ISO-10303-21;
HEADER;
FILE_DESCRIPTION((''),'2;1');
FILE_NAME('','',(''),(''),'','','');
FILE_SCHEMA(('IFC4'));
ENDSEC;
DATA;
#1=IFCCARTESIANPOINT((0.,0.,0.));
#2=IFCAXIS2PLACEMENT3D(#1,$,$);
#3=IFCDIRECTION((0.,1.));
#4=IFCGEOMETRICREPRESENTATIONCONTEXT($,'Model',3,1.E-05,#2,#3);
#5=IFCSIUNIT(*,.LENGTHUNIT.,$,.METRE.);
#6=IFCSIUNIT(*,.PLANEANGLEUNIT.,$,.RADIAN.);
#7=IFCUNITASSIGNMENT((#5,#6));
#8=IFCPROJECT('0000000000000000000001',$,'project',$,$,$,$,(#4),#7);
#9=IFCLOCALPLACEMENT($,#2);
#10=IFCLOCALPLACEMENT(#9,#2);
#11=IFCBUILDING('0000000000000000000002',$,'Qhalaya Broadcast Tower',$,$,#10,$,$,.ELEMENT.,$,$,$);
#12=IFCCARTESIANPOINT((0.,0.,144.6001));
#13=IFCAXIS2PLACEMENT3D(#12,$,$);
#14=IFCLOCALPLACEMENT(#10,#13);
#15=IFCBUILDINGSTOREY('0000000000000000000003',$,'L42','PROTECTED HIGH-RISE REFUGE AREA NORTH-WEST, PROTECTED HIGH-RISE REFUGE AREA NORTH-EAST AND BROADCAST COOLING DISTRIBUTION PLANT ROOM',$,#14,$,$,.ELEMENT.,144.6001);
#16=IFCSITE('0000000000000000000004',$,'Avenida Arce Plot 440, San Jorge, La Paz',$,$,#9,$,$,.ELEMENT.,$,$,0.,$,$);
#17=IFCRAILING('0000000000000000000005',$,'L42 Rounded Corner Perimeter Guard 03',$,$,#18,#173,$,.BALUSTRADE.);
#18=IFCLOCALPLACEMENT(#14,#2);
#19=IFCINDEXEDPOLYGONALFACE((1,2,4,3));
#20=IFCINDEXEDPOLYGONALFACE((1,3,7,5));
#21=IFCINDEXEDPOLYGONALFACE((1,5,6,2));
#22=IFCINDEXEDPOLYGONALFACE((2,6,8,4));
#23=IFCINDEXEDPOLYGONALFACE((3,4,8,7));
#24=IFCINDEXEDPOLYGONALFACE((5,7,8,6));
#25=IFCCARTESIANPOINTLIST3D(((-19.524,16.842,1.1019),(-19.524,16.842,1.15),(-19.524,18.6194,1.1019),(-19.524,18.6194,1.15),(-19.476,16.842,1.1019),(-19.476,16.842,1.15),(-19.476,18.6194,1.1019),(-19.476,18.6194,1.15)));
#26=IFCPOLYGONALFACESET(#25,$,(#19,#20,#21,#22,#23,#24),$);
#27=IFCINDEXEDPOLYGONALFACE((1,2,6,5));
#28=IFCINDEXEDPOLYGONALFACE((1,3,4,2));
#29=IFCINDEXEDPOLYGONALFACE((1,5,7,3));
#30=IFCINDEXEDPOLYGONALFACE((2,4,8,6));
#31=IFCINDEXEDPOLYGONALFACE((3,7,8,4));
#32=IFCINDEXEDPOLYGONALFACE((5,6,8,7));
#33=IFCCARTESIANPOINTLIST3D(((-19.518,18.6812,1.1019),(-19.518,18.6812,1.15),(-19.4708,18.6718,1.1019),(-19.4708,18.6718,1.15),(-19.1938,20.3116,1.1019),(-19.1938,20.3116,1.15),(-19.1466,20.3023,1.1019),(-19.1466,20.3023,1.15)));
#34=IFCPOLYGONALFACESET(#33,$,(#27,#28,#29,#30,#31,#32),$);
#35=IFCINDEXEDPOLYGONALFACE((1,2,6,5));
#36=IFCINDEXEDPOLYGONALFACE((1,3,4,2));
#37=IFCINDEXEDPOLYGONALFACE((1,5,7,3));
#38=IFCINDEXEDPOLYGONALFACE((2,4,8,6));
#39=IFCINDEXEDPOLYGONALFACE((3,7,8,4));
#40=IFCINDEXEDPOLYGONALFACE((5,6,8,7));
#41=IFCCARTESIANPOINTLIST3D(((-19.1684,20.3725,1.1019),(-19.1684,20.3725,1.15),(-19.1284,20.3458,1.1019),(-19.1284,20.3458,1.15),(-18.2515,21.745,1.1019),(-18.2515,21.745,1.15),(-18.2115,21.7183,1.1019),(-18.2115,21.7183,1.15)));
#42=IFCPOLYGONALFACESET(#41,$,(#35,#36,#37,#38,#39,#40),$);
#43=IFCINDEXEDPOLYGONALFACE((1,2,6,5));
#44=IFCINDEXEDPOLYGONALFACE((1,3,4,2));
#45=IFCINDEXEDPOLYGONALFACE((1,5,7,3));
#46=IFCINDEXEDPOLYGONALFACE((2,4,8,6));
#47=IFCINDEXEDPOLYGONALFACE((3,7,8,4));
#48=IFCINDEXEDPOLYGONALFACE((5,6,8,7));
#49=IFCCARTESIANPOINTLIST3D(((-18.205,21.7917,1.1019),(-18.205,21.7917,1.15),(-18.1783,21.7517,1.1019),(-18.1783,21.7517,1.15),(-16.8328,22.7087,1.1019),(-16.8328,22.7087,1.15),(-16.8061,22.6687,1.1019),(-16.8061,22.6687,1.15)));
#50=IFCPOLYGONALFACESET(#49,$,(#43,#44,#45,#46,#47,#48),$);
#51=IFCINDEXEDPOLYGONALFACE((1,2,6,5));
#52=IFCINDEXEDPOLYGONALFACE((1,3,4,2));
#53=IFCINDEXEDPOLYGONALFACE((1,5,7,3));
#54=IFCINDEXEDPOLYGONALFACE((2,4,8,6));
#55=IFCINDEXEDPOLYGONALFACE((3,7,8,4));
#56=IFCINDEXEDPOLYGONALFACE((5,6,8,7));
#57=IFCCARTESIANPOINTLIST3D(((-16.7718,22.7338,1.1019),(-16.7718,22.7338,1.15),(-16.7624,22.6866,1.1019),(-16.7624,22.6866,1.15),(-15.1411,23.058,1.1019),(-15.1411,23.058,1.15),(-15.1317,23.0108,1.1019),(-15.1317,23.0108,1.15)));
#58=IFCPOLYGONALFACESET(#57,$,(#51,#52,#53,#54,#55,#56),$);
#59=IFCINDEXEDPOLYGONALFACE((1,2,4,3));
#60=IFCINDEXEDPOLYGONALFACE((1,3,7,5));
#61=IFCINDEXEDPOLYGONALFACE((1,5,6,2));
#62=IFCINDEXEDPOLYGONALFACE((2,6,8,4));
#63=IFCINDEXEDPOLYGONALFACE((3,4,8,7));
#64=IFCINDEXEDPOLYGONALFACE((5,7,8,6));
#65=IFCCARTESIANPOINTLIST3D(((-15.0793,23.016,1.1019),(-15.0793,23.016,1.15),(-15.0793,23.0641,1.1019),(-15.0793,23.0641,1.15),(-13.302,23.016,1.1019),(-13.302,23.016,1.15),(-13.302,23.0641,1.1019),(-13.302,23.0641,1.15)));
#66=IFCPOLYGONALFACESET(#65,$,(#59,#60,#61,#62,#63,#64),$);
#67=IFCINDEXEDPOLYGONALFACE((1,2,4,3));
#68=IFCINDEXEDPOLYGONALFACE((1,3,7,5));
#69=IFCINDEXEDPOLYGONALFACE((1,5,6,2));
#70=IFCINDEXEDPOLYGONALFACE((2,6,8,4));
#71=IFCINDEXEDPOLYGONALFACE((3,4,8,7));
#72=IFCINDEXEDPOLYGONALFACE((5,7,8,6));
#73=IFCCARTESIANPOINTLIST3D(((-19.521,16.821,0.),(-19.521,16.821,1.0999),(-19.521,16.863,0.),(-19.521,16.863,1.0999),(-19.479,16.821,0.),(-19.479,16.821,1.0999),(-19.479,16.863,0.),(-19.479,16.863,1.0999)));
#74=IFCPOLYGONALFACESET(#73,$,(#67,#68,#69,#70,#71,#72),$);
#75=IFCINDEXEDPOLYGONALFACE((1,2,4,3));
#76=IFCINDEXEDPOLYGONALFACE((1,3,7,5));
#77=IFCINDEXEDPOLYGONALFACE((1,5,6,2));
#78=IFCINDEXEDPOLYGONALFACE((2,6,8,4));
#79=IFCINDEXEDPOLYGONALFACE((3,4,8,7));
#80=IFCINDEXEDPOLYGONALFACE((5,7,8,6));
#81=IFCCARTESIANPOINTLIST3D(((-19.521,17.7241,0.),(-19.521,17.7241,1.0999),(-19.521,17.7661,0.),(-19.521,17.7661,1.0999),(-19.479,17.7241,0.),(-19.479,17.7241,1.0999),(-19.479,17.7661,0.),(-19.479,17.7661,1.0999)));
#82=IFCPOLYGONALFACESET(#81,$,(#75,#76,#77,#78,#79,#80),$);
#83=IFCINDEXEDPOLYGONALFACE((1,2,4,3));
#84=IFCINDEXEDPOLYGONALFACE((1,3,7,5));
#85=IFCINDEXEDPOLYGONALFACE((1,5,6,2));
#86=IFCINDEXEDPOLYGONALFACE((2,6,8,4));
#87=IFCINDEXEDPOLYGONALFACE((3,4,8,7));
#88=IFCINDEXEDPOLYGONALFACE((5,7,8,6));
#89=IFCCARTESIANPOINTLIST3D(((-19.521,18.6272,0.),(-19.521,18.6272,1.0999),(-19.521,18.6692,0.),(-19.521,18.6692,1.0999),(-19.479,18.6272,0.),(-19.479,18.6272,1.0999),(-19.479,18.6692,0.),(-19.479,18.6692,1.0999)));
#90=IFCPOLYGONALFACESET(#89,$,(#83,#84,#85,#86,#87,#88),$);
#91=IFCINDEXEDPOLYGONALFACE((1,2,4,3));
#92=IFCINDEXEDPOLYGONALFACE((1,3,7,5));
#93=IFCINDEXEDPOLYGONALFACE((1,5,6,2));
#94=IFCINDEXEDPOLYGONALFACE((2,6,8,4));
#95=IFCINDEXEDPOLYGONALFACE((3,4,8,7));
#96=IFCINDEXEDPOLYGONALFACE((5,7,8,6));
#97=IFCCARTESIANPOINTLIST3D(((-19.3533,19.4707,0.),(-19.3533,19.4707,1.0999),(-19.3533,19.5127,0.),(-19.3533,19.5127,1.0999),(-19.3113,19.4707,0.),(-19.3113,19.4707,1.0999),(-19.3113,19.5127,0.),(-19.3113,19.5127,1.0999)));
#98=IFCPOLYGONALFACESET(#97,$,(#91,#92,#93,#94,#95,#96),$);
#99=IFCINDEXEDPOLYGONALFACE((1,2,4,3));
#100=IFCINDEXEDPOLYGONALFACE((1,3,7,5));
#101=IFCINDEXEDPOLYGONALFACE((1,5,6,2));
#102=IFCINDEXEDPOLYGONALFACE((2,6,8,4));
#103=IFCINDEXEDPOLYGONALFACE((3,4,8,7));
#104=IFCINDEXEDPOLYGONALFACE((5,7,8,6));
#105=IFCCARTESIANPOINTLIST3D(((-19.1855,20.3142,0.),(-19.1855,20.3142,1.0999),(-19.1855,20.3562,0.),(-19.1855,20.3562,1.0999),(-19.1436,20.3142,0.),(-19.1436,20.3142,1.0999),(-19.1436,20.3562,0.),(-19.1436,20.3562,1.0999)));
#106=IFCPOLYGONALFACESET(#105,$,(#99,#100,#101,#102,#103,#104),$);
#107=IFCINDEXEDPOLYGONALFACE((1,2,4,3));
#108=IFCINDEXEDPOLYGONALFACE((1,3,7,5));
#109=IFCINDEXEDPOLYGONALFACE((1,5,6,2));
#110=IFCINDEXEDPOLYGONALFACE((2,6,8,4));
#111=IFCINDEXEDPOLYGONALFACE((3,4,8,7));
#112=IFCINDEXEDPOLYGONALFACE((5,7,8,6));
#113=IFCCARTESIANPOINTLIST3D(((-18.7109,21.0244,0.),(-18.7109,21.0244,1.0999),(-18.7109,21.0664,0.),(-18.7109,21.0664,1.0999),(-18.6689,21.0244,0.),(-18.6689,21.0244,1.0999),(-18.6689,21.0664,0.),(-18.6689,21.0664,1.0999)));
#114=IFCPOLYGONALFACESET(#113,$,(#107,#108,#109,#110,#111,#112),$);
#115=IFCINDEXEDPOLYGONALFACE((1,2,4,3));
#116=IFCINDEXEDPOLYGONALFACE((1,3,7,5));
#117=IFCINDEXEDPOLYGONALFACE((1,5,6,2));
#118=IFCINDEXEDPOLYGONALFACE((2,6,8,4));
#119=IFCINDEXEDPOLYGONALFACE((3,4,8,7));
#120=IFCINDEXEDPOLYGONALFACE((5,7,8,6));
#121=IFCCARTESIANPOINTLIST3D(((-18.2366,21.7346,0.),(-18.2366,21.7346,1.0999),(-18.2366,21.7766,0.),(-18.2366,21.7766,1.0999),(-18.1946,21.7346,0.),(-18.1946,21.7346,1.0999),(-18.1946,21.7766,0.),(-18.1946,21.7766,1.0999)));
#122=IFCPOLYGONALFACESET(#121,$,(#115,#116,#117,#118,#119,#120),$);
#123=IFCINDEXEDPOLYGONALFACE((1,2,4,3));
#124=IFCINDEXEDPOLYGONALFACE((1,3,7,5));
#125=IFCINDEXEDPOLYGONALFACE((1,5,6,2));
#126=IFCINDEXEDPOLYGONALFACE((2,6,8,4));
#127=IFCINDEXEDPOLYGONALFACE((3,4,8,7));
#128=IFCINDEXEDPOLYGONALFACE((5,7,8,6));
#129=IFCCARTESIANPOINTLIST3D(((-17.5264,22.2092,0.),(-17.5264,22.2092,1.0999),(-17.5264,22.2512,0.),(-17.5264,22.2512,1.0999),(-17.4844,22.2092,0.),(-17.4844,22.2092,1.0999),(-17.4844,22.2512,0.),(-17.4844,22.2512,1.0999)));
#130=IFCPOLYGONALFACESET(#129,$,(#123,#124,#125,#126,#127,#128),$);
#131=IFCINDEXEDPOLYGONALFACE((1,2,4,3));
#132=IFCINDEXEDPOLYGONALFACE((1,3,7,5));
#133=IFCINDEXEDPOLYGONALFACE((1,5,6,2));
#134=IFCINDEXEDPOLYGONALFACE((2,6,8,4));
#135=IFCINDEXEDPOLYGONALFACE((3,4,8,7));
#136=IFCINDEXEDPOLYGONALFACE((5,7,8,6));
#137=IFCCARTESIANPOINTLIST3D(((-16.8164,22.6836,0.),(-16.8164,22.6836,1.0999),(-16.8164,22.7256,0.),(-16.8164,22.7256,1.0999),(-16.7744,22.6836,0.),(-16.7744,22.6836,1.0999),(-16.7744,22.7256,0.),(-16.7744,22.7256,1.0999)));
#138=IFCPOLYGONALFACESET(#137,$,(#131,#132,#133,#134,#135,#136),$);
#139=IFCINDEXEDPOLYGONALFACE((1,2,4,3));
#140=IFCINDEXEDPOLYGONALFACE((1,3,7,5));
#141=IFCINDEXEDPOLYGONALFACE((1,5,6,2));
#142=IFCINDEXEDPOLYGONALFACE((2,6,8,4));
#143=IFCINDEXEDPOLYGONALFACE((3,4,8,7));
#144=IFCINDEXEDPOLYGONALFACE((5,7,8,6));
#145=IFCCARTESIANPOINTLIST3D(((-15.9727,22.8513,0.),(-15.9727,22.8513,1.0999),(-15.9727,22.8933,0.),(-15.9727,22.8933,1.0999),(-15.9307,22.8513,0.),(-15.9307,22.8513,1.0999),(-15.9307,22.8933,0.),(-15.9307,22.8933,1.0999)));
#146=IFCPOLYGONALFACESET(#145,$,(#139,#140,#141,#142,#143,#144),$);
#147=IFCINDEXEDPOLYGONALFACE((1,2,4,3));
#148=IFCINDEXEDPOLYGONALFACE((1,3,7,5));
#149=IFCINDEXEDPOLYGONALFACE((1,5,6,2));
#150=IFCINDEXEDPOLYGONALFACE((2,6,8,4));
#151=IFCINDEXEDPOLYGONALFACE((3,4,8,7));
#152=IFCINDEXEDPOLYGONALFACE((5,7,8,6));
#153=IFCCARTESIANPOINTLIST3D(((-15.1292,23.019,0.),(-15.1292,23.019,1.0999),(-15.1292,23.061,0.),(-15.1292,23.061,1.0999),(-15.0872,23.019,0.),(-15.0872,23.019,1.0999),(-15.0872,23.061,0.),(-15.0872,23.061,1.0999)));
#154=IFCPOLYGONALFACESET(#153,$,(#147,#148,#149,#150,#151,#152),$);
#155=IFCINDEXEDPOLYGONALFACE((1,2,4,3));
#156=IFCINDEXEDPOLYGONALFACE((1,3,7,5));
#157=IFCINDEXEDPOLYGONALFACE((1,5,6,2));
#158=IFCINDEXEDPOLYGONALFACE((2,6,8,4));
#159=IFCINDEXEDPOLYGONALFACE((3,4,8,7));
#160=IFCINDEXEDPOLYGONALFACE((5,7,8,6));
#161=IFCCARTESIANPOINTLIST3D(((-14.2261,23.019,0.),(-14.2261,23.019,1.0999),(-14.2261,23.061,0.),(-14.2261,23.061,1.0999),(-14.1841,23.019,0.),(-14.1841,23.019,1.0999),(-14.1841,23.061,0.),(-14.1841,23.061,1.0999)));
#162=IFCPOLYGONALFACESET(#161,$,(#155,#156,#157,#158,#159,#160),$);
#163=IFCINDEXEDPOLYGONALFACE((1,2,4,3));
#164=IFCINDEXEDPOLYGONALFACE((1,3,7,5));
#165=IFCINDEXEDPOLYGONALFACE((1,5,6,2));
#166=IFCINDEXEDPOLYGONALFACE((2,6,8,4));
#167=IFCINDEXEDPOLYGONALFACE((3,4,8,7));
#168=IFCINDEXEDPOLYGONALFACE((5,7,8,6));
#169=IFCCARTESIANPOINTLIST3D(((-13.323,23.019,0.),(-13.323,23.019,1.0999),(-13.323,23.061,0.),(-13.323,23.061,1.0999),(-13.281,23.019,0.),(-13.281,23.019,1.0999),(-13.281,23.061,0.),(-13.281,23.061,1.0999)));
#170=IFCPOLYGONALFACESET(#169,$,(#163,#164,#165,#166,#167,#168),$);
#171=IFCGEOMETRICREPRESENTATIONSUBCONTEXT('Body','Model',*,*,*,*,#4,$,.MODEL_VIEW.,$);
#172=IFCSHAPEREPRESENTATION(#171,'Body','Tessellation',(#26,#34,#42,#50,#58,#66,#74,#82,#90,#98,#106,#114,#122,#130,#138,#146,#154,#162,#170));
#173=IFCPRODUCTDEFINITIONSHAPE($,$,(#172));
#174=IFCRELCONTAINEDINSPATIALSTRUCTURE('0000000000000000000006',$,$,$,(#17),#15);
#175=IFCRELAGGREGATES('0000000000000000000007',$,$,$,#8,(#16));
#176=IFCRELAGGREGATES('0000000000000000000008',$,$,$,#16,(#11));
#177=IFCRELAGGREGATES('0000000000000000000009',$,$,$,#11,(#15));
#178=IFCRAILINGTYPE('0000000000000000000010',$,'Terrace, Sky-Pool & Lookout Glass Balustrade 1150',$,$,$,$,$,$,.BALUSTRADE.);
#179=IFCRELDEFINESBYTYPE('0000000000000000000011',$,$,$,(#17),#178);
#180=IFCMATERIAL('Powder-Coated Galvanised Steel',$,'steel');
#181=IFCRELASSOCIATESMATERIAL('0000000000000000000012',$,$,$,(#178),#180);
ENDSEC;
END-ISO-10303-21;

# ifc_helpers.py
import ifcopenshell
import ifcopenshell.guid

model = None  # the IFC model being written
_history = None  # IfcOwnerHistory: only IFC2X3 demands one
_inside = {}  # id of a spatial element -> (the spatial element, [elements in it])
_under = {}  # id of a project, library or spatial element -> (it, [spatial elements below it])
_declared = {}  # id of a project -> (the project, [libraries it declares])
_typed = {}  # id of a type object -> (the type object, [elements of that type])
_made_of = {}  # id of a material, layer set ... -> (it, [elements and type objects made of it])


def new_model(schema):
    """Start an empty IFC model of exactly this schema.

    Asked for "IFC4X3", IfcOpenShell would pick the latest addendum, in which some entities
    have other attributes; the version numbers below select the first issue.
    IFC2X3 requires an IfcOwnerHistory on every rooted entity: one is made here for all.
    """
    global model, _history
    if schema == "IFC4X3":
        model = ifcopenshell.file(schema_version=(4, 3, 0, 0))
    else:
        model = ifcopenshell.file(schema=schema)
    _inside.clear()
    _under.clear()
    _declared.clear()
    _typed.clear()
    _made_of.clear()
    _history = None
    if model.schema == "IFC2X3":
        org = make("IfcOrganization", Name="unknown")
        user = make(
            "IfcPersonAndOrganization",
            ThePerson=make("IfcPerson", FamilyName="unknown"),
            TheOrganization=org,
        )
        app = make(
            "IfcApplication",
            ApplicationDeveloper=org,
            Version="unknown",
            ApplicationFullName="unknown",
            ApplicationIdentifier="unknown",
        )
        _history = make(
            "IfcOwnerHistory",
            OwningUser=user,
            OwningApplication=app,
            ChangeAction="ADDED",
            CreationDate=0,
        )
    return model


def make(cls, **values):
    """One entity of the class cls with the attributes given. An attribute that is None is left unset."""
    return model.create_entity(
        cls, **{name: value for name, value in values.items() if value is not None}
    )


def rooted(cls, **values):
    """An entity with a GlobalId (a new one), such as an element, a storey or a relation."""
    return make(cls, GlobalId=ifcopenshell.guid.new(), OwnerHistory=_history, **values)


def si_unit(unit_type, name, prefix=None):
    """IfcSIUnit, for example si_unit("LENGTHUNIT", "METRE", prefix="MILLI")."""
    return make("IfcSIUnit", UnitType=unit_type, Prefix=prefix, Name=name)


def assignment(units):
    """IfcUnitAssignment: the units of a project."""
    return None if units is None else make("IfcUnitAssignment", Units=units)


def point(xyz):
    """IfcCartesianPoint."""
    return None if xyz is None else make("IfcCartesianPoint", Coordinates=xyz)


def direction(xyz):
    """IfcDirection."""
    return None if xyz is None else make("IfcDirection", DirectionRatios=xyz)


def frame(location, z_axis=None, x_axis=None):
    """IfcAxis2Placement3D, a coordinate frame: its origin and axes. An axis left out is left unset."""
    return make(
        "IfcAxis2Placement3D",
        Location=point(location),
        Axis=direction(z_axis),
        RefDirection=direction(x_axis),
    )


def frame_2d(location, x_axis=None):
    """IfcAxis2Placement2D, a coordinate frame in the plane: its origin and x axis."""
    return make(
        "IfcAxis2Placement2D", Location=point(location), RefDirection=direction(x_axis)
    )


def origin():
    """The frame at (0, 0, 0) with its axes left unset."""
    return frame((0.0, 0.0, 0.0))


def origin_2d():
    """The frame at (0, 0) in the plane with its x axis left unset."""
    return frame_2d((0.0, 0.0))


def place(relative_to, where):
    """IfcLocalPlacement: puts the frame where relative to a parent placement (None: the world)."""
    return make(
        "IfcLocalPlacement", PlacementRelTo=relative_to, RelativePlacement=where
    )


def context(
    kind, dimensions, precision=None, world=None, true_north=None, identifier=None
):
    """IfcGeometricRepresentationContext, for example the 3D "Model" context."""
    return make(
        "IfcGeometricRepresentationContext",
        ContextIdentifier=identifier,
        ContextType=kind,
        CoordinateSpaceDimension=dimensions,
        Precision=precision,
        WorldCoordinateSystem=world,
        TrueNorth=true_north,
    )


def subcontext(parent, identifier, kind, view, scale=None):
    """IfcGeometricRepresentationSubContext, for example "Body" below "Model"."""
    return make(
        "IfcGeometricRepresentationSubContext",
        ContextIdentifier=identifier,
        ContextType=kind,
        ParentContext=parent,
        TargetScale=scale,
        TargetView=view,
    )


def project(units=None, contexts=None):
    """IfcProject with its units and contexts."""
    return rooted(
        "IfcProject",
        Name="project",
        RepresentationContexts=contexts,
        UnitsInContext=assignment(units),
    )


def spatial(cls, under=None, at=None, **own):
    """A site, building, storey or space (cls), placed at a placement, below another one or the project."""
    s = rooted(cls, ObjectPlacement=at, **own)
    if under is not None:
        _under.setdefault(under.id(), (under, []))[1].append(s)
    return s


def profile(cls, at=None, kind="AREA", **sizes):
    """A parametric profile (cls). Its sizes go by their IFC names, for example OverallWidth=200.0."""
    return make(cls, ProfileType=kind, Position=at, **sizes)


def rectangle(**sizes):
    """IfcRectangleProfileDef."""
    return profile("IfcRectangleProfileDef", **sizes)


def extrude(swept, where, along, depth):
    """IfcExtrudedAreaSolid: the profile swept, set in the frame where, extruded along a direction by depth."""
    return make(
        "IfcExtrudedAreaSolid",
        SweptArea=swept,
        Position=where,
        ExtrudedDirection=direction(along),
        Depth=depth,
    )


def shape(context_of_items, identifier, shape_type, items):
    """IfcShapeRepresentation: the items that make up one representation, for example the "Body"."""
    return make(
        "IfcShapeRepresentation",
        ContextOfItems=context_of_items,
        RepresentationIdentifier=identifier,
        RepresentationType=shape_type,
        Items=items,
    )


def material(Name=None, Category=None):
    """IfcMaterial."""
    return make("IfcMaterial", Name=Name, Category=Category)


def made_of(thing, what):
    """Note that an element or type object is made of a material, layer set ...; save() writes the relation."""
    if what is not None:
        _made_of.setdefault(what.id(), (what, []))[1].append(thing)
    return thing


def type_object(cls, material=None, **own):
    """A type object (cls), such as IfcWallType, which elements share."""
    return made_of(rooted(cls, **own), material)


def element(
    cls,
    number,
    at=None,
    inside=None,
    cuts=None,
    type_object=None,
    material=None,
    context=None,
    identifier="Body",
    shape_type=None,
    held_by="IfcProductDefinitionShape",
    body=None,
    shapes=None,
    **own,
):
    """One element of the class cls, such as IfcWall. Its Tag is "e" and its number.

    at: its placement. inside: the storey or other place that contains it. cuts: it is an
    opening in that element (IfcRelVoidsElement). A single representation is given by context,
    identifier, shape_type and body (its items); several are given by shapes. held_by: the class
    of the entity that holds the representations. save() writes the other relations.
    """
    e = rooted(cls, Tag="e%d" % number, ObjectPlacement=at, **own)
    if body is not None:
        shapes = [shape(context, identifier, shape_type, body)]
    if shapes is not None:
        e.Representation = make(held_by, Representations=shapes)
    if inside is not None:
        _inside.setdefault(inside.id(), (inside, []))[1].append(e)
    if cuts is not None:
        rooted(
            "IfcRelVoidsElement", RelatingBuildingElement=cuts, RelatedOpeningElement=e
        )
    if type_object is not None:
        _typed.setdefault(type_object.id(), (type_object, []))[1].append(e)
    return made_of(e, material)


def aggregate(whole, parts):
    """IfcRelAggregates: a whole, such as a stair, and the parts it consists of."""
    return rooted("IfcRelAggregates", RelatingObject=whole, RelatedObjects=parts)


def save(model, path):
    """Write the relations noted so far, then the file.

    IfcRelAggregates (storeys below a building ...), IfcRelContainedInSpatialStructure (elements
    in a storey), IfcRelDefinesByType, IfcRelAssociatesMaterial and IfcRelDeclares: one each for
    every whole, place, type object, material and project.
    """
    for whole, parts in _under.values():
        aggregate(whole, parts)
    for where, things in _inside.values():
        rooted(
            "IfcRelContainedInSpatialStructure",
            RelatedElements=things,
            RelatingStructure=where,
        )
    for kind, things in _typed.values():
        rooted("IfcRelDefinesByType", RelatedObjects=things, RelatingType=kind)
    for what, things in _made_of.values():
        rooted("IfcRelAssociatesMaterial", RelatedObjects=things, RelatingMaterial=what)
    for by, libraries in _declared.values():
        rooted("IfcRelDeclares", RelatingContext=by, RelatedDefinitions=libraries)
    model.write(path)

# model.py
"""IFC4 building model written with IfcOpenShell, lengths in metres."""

from ifc_helpers import new_model, si_unit, direction, frame, origin, origin_2d, place, context, subcontext, project, spatial, rectangle, extrude, material, type_object, element, save


model = new_model("IFC4")

# Units and contexts
model_context = context("Model", 3, precision=1e-05, world=origin(), true_north=direction((0.0, 1.0)))
body_context = subcontext(model_context, "Body", "Model", "MODEL_VIEW")
ifc_project = project(units=[si_unit("LENGTHUNIT", "METRE"), si_unit("PLANEANGLEUNIT", "RADIAN")], contexts=[model_context])

# Site, building, storey
site_placement = place(None, origin())
site = spatial("IfcSite", under=ifc_project, at=site_placement, Name="Avenida Arce Plot 440, San Jorge, La Paz", CompositionType="ELEMENT", RefElevation=0.0)
building_placement = place(site_placement, origin())
building = spatial("IfcBuilding", under=site, at=building_placement, Name="Qhalaya Broadcast Tower", CompositionType="ELEMENT")
storey_placement = place(building_placement, frame((0.0, 0.0, 144.6001)))
storey = spatial("IfcBuildingStorey", under=building, at=storey_placement, Name="L42", Description="PROTECTED HIGH-RISE REFUGE AREA NORTH-WEST, PROTECTED HIGH-RISE REFUGE AREA NORTH-EAST AND BROADCAST COOLING DISTRIBUTION PLANT ROOM", CompositionType="ELEMENT", Elevation=144.6001)

# Railing
ifc_material_1 = material(Name="Powder-Coated Galvanised Steel", Category="steel")
railing_type = type_object("IfcRailingType", Name="Terrace, Sky-Pool & Lookout Glass Balustrade 1150", PredefinedType="BALUSTRADE", material=ifc_material_1)
railing_1_placement = place(storey_placement, frame((-19.5, 16.842, 0.0)))
element("IfcRailing", 1, at=railing_1_placement, inside=storey, type_object=railing_type, Name="L42 Rounded Corner Perimeter Guard 03", PredefinedType="BALUSTRADE", context=body_context, shape_type="SweptSolid", body=[
    extrude(rectangle(XDim=0.0481, YDim=0.0481, at=origin_2d()), frame((0.0, 0.0, 1.126), z_axis=(0.0, 1.0, 0.0), x_axis=(-1.0, 0.0, 0.0)), (0.0, 0.0, 1.0), 1.7773),
    extrude(rectangle(XDim=0.0481, YDim=0.0481, at=origin_2d()), frame((0.0056, 1.8345, 1.126), z_axis=(0.195024, 0.980798, 0.0), x_axis=(-0.980798, 0.195024, 0.0)), (0.0, 0.0, 1.0), 1.6624),
    extrude(rectangle(XDim=0.0481, YDim=0.0481, at=origin_2d()), frame((0.3516, 3.5171, 1.126), z_axis=(0.555524, 0.8315, 0.0), x_axis=(-0.8315, 0.555524, 0.0)), (0.0, 0.0, 1.0), 1.6506),
    extrude(rectangle(XDim=0.0481, YDim=0.0481, at=origin_2d()), frame((1.3083, 4.9297, 1.126), z_axis=(0.831456, 0.55559, 0.0), x_axis=(-0.55559, 0.831456, 0.0)), (0.0, 0.0, 1.0), 1.6504),
    extrude(rectangle(XDim=0.0481, YDim=0.0481, at=origin_2d()), frame((2.7329, 5.8682, 1.126), z_axis=(0.980804, 0.194997, 0.0), x_axis=(-0.194997, 0.980804, 0.0)), (0.0, 0.0, 1.0), 1.6626),
    extrude(rectangle(XDim=0.0481, YDim=0.0481, at=origin_2d()), frame((4.4207, 6.198, 1.126), z_axis=(1.0, 0.0, 0.0), x_axis=(0.0, 1.0, 0.0)), (0.0, 0.0, 1.0), 1.7773),
    extrude(rectangle(XDim=0.042, YDim=0.042, at=origin_2d()), origin(), (0.0, 0.0, 1.0), 1.0999),
    extrude(rectangle(XDim=0.042, YDim=0.042, at=origin_2d()), frame((0.0, 0.9031, 0.0)), (0.0, 0.0, 1.0), 1.0999),
    extrude(rectangle(XDim=0.042, YDim=0.042, at=origin_2d()), frame((0.0, 1.8062, 0.0)), (0.0, 0.0, 1.0), 1.0999),
    extrude(rectangle(XDim=0.042, YDim=0.042, at=origin_2d()), frame((0.1677, 2.6497, 0.0)), (0.0, 0.0, 1.0), 1.0999),
    extrude(rectangle(XDim=0.042, YDim=0.042, at=origin_2d()), frame((0.3354, 3.4932, 0.0)), (0.0, 0.0, 1.0), 1.0999),
    extrude(rectangle(XDim=0.042, YDim=0.042, at=origin_2d()), frame((0.8101, 4.2034, 0.0)), (0.0, 0.0, 1.0), 1.0999),
    extrude(rectangle(XDim=0.042, YDim=0.042, at=origin_2d()), frame((1.2844, 4.9136, 0.0)), (0.0, 0.0, 1.0), 1.0999),
    extrude(rectangle(XDim=0.042, YDim=0.042, at=origin_2d()), frame((1.9946, 5.3882, 0.0)), (0.0, 0.0, 1.0), 1.0999),
    extrude(rectangle(XDim=0.042, YDim=0.042, at=origin_2d()), frame((2.7046, 5.8625, 0.0)), (0.0, 0.0, 1.0), 1.0999),
    extrude(rectangle(XDim=0.042, YDim=0.042, at=origin_2d()), frame((3.5483, 6.0303, 0.0)), (0.0, 0.0, 1.0), 1.0999),
    extrude(rectangle(XDim=0.042, YDim=0.042, at=origin_2d()), frame((4.3918, 6.198, 0.0)), (0.0, 0.0, 1.0), 1.0999),
    extrude(rectangle(XDim=0.042, YDim=0.042, at=origin_2d()), frame((5.2949, 6.198, 0.0)), (0.0, 0.0, 1.0), 1.0999),
    extrude(rectangle(XDim=0.042, YDim=0.042, at=origin_2d()), frame((6.198, 6.198, 0.0)), (0.0, 0.0, 1.0), 1.0999),
])

save(model, "model.ifc")
